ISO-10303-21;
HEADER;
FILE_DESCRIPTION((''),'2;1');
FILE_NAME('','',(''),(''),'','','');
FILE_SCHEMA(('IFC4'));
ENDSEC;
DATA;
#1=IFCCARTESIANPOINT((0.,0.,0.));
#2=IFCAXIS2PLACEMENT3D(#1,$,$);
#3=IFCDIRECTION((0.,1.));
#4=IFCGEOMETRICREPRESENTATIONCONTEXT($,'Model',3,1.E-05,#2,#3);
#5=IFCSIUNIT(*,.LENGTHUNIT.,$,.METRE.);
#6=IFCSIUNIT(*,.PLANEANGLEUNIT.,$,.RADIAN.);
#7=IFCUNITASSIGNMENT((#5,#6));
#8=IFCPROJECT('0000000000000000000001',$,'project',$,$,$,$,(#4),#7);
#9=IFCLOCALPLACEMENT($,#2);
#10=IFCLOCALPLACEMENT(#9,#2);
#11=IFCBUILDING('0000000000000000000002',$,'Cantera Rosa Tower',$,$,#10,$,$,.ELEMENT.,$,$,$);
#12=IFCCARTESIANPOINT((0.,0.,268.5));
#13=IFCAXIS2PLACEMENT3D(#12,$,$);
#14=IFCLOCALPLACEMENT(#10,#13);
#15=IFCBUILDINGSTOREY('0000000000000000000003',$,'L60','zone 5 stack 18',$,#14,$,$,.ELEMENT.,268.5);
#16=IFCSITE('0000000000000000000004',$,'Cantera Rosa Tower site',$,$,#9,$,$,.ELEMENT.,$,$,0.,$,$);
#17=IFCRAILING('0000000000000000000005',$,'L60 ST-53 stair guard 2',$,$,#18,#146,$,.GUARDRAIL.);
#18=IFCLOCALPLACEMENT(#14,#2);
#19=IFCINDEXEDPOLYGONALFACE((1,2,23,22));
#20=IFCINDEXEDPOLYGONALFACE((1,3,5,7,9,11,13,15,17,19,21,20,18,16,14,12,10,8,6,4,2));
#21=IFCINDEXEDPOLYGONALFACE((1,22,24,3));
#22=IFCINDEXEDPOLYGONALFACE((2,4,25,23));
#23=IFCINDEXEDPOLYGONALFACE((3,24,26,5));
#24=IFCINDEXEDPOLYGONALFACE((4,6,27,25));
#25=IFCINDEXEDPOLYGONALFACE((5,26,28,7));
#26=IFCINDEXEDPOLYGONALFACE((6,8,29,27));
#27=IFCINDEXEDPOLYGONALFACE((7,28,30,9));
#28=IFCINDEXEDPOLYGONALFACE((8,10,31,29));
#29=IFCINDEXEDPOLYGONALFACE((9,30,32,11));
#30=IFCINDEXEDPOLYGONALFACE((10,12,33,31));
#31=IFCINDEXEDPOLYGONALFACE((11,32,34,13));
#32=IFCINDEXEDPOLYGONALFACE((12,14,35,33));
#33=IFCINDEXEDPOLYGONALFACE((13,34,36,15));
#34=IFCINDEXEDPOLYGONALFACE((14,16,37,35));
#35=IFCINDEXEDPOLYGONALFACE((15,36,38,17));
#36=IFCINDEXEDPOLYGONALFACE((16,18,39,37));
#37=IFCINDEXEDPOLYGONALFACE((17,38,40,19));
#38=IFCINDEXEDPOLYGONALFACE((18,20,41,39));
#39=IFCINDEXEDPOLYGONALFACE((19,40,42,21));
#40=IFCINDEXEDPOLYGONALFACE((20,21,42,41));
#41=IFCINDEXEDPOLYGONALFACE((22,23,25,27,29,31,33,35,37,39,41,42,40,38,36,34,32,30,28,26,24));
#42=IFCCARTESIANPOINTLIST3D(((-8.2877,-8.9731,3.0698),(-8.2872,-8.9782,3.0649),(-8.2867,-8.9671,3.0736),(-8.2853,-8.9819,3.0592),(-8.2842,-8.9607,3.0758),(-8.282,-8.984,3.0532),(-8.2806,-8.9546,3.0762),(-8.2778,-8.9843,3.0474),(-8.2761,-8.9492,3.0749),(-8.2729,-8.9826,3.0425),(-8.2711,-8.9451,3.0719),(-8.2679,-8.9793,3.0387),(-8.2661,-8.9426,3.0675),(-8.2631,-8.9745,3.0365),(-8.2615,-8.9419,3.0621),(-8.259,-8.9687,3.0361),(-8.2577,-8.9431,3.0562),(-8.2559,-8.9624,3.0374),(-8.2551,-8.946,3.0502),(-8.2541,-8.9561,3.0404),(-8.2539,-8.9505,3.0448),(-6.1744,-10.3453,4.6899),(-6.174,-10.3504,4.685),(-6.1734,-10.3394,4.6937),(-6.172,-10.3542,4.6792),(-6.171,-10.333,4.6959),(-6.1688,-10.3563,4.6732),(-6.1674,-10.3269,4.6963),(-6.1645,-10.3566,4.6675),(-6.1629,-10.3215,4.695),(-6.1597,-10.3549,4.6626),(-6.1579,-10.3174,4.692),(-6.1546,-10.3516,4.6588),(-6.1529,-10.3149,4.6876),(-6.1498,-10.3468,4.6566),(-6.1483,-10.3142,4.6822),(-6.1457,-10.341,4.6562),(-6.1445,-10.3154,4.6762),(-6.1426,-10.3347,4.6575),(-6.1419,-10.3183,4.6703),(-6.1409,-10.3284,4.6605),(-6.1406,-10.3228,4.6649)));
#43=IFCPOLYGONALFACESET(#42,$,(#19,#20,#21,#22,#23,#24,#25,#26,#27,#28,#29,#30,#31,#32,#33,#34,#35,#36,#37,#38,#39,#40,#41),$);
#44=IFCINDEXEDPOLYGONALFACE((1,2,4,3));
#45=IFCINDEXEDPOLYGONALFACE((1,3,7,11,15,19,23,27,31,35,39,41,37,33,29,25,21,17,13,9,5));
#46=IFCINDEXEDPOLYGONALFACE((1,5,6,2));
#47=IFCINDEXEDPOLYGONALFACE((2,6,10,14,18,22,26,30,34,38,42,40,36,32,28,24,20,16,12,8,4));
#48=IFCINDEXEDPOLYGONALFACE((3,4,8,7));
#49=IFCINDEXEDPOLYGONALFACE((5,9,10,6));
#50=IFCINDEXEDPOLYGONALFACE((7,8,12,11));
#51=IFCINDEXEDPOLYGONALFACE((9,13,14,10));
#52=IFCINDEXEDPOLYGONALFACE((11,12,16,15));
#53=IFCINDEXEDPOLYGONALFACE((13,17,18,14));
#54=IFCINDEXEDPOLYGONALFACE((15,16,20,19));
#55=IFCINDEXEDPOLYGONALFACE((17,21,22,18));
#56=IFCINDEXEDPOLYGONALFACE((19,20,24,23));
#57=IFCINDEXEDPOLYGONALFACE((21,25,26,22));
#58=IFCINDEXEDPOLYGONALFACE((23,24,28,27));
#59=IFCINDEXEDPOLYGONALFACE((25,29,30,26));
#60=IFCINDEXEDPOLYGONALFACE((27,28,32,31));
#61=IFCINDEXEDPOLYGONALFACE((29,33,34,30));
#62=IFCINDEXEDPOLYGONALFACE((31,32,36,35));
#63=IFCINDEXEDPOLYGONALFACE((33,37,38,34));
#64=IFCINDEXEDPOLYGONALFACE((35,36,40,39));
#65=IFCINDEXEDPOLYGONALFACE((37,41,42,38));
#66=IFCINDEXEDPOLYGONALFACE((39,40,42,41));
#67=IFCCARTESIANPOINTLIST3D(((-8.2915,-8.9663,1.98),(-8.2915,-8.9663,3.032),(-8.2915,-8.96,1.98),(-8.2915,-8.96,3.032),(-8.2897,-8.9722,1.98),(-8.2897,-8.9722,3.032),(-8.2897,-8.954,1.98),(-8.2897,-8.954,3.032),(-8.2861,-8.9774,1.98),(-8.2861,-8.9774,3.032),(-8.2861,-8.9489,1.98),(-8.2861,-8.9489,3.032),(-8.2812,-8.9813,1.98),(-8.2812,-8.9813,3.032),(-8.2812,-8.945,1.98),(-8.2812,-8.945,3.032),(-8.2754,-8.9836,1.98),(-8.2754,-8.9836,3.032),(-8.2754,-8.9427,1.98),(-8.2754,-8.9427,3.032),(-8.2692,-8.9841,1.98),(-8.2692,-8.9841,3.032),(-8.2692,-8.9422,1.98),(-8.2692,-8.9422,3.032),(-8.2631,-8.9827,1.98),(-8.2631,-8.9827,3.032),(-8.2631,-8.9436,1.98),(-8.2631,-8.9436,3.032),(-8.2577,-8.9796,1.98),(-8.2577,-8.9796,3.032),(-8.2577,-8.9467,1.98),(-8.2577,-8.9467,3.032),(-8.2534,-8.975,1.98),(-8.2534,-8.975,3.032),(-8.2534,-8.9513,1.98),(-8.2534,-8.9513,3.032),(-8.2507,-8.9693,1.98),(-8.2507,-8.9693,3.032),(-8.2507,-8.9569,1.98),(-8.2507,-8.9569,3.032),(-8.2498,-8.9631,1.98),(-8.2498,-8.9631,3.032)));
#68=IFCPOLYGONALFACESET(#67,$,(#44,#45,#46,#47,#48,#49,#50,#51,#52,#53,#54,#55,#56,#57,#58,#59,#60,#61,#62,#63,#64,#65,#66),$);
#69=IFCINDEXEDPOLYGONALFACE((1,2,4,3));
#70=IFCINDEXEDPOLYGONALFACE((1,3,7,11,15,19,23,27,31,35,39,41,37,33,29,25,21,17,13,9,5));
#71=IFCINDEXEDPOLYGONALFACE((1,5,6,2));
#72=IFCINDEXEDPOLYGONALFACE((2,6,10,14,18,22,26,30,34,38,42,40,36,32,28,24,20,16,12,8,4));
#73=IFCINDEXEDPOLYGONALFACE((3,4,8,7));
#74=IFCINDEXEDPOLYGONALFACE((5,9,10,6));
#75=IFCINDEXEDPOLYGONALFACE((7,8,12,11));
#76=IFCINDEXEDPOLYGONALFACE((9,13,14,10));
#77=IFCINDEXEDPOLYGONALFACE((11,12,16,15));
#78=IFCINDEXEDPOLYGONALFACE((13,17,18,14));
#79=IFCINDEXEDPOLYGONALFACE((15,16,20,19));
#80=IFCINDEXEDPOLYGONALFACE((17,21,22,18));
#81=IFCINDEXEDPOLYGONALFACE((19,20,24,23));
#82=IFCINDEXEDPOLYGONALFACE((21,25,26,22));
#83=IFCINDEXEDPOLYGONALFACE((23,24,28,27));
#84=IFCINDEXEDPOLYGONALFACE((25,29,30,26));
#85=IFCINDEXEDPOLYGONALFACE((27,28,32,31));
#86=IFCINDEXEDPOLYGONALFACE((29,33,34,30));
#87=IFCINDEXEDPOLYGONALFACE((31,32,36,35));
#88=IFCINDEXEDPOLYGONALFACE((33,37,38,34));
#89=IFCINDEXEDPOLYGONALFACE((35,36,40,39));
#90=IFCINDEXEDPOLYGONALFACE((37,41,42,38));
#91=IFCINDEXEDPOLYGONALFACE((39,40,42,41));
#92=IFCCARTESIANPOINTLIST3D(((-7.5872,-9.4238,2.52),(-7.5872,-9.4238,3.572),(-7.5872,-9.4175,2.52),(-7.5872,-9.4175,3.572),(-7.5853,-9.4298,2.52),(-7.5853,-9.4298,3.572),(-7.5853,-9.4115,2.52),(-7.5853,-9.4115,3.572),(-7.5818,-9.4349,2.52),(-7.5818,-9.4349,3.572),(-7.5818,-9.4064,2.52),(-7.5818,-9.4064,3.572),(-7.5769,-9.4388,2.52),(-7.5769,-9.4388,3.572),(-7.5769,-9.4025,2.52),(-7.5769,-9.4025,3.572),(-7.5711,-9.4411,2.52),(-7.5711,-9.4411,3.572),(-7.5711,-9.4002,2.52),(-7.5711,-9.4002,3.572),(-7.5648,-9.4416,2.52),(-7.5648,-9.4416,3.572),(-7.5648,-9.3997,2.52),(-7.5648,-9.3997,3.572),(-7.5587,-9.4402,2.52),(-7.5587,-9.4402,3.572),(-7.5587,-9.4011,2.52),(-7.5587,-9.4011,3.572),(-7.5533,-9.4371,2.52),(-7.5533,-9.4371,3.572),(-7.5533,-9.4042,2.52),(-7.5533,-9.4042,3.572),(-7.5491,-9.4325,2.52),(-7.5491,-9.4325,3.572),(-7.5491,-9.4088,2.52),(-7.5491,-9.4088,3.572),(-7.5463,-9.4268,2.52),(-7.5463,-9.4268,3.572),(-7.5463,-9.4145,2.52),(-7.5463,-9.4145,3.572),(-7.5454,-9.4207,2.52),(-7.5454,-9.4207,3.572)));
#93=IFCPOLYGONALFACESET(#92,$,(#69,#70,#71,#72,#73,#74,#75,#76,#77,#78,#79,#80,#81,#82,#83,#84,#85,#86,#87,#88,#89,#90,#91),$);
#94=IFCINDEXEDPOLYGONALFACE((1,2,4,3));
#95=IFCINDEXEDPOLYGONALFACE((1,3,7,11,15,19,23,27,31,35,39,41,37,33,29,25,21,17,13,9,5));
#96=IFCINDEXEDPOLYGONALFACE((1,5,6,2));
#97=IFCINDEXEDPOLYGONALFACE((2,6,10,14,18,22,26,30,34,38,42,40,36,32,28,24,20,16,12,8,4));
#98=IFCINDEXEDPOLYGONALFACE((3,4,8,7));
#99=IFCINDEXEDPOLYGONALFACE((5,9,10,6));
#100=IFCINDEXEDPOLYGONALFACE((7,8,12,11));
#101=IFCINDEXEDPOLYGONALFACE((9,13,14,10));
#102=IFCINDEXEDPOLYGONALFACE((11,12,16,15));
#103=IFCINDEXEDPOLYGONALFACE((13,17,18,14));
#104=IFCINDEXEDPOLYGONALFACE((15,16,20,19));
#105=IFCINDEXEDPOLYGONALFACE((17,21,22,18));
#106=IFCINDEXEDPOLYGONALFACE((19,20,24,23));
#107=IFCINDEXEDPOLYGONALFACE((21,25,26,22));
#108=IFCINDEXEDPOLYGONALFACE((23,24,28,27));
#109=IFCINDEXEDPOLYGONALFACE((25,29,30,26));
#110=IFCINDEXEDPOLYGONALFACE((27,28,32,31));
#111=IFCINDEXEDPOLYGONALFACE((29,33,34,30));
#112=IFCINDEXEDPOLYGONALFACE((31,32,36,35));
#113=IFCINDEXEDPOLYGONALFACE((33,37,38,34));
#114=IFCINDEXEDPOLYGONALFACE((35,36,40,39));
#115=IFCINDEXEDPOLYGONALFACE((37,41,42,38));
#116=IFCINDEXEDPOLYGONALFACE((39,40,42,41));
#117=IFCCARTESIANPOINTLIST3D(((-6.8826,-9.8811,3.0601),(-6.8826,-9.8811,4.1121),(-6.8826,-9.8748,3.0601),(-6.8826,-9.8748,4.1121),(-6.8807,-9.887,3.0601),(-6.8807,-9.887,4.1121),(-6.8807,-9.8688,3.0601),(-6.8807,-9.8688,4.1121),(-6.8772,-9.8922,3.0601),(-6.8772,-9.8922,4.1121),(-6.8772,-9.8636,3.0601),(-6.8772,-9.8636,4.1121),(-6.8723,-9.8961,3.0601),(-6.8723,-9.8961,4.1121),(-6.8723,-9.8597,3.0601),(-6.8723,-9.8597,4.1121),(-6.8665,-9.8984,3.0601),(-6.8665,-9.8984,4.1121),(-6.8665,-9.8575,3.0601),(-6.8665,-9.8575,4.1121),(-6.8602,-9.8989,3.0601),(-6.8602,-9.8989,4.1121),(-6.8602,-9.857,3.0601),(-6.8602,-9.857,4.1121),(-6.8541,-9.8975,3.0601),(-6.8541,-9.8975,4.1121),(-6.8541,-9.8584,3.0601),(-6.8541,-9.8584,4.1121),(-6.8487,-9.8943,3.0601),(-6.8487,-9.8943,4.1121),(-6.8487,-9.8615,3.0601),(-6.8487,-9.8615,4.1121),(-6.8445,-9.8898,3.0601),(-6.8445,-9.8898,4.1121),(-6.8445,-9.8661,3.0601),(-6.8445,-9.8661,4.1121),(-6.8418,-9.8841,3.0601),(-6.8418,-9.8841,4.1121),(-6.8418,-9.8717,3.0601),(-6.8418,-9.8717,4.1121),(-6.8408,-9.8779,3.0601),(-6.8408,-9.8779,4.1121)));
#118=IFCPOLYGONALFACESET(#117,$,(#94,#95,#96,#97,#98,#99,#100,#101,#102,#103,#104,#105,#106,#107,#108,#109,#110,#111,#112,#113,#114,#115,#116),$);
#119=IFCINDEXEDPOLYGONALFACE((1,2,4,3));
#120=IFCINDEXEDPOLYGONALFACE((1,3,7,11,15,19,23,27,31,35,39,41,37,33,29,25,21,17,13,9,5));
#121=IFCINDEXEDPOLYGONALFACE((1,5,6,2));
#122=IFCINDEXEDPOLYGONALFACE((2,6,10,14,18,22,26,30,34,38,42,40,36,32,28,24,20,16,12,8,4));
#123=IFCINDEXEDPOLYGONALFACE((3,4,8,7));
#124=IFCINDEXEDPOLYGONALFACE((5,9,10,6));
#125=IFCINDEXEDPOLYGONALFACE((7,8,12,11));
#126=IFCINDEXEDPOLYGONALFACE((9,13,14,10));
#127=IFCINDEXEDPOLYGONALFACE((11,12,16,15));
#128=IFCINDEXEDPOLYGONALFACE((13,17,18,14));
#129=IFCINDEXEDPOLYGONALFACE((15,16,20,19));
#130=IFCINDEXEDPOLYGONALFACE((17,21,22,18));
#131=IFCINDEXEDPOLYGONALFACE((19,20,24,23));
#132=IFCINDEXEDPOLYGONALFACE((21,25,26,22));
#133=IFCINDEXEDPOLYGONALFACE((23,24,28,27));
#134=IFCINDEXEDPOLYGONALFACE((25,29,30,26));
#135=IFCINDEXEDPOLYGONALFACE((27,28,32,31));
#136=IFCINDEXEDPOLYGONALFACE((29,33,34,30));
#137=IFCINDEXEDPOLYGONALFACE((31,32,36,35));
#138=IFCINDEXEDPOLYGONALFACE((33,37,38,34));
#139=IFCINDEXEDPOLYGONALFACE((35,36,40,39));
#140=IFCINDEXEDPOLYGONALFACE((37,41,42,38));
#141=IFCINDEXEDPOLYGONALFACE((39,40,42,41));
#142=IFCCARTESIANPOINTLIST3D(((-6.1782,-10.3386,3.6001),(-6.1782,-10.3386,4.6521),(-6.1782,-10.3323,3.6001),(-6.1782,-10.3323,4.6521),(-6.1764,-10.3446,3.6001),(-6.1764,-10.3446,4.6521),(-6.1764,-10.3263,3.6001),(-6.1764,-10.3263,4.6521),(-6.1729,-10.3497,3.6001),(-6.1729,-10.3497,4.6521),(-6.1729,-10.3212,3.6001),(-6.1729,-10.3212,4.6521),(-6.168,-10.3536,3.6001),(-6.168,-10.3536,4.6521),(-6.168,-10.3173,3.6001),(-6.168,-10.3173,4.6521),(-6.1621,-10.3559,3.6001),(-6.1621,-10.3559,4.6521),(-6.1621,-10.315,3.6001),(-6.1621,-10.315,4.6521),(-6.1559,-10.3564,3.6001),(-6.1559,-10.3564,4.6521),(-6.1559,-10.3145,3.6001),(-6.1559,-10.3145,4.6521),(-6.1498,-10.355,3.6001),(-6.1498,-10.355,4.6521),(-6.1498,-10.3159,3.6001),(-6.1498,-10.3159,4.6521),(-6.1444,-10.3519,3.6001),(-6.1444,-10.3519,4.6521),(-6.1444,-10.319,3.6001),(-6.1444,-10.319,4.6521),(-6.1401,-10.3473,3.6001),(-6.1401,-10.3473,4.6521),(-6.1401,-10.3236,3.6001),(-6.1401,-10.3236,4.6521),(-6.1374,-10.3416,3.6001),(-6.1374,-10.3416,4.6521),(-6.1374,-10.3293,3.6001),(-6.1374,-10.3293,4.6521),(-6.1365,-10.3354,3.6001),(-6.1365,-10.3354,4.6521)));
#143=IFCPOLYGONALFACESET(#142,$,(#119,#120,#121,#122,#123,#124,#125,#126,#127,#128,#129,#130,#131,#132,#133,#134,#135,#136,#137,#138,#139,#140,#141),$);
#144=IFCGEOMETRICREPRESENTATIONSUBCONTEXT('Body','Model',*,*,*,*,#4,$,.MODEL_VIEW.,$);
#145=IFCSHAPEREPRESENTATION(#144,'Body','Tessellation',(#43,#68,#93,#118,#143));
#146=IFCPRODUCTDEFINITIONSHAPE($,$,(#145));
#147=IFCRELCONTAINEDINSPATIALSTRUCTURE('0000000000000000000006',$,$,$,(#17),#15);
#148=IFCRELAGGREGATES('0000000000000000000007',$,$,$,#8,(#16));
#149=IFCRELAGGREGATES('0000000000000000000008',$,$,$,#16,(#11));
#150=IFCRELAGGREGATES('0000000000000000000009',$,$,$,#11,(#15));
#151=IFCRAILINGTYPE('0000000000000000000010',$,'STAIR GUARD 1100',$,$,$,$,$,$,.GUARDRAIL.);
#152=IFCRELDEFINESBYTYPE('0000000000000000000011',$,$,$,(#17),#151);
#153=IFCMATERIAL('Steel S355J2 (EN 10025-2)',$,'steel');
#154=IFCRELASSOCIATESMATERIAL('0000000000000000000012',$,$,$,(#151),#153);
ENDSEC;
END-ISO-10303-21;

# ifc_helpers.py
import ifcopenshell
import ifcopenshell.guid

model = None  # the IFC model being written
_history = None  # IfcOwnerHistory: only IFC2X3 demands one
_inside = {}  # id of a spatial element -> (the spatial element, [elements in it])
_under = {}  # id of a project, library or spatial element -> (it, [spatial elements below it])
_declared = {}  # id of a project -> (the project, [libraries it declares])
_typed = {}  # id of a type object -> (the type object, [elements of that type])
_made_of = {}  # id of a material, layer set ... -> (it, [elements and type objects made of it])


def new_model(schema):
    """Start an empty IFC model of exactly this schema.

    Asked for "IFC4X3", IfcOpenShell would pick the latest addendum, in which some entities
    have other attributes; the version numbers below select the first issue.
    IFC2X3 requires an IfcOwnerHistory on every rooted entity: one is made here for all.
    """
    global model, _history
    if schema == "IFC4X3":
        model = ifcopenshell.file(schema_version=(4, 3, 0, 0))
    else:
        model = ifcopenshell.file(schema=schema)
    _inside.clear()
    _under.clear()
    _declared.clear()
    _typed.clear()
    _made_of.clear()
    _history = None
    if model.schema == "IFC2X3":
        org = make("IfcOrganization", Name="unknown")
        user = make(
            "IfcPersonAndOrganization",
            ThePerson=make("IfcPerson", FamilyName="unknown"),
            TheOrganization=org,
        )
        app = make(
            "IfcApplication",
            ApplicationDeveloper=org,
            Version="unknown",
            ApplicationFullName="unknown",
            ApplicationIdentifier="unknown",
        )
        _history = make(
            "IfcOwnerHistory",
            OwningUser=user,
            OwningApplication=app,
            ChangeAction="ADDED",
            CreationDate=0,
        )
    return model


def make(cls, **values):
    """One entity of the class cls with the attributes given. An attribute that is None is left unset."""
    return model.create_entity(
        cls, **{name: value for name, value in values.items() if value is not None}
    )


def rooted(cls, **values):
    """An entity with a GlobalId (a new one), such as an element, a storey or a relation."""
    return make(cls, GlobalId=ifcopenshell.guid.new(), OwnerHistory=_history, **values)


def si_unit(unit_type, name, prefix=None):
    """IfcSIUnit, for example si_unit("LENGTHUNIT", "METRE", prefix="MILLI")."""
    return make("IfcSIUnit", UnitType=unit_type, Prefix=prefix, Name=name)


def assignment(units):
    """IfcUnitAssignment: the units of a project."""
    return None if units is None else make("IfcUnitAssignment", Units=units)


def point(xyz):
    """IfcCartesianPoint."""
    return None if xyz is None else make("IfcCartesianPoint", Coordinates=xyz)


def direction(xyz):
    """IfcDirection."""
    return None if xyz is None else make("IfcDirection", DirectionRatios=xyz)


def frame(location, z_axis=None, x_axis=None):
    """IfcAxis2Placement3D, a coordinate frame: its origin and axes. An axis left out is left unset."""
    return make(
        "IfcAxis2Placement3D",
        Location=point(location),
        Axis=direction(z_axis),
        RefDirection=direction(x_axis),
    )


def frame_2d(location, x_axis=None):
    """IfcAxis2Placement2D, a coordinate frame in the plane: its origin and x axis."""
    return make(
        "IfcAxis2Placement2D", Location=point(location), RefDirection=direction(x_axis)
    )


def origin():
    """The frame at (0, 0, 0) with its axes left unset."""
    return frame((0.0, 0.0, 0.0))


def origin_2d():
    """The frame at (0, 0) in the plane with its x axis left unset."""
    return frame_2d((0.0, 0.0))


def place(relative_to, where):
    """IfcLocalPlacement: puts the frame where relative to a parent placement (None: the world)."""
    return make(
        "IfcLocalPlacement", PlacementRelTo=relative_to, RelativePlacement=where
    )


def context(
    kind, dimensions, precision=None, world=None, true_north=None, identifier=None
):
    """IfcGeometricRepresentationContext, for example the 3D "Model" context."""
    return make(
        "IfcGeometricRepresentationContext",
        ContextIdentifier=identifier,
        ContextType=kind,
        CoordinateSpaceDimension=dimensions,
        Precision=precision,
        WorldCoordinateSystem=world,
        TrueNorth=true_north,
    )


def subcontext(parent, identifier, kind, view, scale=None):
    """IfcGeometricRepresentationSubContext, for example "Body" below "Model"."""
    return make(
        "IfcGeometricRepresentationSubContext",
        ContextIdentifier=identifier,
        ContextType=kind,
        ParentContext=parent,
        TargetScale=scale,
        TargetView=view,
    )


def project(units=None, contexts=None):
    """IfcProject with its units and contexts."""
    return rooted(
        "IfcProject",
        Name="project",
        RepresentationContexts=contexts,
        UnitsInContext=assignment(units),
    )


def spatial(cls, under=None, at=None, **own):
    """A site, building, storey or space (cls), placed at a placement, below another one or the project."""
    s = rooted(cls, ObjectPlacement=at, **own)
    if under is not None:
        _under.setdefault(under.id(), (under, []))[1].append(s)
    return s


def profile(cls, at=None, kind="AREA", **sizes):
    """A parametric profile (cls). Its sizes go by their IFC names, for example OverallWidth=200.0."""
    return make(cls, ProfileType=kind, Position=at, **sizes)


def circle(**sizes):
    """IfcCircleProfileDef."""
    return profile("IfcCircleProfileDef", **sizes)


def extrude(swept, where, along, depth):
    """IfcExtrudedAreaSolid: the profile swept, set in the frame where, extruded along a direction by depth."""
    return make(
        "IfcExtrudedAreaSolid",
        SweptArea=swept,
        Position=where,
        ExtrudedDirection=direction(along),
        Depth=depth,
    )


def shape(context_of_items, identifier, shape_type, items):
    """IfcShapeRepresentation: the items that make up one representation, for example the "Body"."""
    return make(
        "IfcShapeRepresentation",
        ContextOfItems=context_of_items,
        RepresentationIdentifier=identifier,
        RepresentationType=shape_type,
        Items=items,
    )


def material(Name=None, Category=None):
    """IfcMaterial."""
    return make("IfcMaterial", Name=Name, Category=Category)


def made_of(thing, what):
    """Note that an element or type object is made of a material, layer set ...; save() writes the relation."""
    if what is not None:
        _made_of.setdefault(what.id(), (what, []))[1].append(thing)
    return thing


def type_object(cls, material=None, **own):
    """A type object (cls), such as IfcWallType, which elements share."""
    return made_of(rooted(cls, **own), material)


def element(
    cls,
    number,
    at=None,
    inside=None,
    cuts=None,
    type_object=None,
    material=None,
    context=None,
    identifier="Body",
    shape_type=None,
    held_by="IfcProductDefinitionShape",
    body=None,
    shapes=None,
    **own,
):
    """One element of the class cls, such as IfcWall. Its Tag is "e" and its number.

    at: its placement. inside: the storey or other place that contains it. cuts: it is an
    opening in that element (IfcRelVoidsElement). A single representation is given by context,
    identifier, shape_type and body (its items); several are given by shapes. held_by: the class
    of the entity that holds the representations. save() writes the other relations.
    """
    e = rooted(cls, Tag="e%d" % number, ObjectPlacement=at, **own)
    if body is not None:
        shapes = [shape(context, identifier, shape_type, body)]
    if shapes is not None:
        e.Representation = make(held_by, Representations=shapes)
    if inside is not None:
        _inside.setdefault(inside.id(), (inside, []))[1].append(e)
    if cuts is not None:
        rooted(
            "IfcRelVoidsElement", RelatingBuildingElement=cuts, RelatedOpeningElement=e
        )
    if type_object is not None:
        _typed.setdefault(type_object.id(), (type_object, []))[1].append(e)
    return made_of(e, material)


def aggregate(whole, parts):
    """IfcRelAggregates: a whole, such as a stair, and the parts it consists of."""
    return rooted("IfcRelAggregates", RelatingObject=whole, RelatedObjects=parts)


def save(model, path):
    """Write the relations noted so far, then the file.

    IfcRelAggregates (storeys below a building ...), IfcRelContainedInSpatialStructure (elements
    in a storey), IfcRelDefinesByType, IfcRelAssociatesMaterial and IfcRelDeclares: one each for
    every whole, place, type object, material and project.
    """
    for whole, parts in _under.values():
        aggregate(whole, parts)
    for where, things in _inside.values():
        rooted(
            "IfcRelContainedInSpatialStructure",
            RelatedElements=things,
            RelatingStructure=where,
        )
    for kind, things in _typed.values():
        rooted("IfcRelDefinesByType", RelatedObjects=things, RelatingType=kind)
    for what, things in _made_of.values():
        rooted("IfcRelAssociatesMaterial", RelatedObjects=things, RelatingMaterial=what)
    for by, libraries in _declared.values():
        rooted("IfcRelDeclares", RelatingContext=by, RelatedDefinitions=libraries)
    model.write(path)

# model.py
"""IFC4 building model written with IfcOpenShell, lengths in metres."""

from ifc_helpers import new_model, si_unit, direction, frame, origin, origin_2d, place, context, subcontext, project, spatial, circle, extrude, material, type_object, element, save


model = new_model("IFC4")

# Units and contexts
model_context = context("Model", 3, precision=1e-05, world=origin(), true_north=direction((0.0, 1.0)))
body_context = subcontext(model_context, "Body", "Model", "MODEL_VIEW")
ifc_project = project(units=[si_unit("LENGTHUNIT", "METRE"), si_unit("PLANEANGLEUNIT", "RADIAN")], contexts=[model_context])

# Site, building, storey
site_placement = place(None, origin())
site = spatial("IfcSite", under=ifc_project, at=site_placement, Name="Cantera Rosa Tower site", CompositionType="ELEMENT", RefElevation=0.0)
building_placement = place(site_placement, origin())
building = spatial("IfcBuilding", under=site, at=building_placement, Name="Cantera Rosa Tower", CompositionType="ELEMENT")
storey_placement = place(building_placement, frame((0.0, 0.0, 268.5)))
storey = spatial("IfcBuildingStorey", under=building, at=storey_placement, Name="L60", Description="zone 5 stack 18", CompositionType="ELEMENT", Elevation=268.5)

# Railing
ifc_material_1 = material(Name="Steel S355J2 (EN 10025-2)", Category="steel")
railing_type_1 = type_object("IfcRailingType", Name="STAIR GUARD 1100", PredefinedType="GUARDRAIL", material=ifc_material_1)
railing_1_placement = place(storey_placement, frame((-8.2708, -8.9631, 1.98)))
element("IfcRailing", 1, at=railing_1_placement, inside=storey, type_object=railing_type_1, Name="L60 ST-53 stair guard 2", PredefinedType="GUARDRAIL", context=body_context, shape_type="SweptSolid", body=[
    extrude(circle(Radius=0.0239, at=origin_2d()), frame((0.0, 0.0, 1.0762), z_axis=(0.705447, -0.458101, 0.540821), x_axis=(0.54462, 0.838683, 0.0)), (0.0, 0.0, 1.0), 2.9956),
    extrude(circle(Radius=0.021, at=origin_2d()), origin(), (0.0, 0.0, 1.0), 1.052),
    extrude(circle(Radius=0.021, at=origin_2d()), frame((0.7043, -0.4575, 0.54)), (0.0, 0.0, 1.0), 1.052),
    extrude(circle(Radius=0.021, at=origin_2d()), frame((1.4089, -0.9148, 1.0801)), (0.0, 0.0, 1.0), 1.052),
    extrude(circle(Radius=0.021, at=origin_2d()), frame((2.1133, -1.3723, 1.6201)), (0.0, 0.0, 1.0), 1.052),
])

save(model, "model.ifc")
